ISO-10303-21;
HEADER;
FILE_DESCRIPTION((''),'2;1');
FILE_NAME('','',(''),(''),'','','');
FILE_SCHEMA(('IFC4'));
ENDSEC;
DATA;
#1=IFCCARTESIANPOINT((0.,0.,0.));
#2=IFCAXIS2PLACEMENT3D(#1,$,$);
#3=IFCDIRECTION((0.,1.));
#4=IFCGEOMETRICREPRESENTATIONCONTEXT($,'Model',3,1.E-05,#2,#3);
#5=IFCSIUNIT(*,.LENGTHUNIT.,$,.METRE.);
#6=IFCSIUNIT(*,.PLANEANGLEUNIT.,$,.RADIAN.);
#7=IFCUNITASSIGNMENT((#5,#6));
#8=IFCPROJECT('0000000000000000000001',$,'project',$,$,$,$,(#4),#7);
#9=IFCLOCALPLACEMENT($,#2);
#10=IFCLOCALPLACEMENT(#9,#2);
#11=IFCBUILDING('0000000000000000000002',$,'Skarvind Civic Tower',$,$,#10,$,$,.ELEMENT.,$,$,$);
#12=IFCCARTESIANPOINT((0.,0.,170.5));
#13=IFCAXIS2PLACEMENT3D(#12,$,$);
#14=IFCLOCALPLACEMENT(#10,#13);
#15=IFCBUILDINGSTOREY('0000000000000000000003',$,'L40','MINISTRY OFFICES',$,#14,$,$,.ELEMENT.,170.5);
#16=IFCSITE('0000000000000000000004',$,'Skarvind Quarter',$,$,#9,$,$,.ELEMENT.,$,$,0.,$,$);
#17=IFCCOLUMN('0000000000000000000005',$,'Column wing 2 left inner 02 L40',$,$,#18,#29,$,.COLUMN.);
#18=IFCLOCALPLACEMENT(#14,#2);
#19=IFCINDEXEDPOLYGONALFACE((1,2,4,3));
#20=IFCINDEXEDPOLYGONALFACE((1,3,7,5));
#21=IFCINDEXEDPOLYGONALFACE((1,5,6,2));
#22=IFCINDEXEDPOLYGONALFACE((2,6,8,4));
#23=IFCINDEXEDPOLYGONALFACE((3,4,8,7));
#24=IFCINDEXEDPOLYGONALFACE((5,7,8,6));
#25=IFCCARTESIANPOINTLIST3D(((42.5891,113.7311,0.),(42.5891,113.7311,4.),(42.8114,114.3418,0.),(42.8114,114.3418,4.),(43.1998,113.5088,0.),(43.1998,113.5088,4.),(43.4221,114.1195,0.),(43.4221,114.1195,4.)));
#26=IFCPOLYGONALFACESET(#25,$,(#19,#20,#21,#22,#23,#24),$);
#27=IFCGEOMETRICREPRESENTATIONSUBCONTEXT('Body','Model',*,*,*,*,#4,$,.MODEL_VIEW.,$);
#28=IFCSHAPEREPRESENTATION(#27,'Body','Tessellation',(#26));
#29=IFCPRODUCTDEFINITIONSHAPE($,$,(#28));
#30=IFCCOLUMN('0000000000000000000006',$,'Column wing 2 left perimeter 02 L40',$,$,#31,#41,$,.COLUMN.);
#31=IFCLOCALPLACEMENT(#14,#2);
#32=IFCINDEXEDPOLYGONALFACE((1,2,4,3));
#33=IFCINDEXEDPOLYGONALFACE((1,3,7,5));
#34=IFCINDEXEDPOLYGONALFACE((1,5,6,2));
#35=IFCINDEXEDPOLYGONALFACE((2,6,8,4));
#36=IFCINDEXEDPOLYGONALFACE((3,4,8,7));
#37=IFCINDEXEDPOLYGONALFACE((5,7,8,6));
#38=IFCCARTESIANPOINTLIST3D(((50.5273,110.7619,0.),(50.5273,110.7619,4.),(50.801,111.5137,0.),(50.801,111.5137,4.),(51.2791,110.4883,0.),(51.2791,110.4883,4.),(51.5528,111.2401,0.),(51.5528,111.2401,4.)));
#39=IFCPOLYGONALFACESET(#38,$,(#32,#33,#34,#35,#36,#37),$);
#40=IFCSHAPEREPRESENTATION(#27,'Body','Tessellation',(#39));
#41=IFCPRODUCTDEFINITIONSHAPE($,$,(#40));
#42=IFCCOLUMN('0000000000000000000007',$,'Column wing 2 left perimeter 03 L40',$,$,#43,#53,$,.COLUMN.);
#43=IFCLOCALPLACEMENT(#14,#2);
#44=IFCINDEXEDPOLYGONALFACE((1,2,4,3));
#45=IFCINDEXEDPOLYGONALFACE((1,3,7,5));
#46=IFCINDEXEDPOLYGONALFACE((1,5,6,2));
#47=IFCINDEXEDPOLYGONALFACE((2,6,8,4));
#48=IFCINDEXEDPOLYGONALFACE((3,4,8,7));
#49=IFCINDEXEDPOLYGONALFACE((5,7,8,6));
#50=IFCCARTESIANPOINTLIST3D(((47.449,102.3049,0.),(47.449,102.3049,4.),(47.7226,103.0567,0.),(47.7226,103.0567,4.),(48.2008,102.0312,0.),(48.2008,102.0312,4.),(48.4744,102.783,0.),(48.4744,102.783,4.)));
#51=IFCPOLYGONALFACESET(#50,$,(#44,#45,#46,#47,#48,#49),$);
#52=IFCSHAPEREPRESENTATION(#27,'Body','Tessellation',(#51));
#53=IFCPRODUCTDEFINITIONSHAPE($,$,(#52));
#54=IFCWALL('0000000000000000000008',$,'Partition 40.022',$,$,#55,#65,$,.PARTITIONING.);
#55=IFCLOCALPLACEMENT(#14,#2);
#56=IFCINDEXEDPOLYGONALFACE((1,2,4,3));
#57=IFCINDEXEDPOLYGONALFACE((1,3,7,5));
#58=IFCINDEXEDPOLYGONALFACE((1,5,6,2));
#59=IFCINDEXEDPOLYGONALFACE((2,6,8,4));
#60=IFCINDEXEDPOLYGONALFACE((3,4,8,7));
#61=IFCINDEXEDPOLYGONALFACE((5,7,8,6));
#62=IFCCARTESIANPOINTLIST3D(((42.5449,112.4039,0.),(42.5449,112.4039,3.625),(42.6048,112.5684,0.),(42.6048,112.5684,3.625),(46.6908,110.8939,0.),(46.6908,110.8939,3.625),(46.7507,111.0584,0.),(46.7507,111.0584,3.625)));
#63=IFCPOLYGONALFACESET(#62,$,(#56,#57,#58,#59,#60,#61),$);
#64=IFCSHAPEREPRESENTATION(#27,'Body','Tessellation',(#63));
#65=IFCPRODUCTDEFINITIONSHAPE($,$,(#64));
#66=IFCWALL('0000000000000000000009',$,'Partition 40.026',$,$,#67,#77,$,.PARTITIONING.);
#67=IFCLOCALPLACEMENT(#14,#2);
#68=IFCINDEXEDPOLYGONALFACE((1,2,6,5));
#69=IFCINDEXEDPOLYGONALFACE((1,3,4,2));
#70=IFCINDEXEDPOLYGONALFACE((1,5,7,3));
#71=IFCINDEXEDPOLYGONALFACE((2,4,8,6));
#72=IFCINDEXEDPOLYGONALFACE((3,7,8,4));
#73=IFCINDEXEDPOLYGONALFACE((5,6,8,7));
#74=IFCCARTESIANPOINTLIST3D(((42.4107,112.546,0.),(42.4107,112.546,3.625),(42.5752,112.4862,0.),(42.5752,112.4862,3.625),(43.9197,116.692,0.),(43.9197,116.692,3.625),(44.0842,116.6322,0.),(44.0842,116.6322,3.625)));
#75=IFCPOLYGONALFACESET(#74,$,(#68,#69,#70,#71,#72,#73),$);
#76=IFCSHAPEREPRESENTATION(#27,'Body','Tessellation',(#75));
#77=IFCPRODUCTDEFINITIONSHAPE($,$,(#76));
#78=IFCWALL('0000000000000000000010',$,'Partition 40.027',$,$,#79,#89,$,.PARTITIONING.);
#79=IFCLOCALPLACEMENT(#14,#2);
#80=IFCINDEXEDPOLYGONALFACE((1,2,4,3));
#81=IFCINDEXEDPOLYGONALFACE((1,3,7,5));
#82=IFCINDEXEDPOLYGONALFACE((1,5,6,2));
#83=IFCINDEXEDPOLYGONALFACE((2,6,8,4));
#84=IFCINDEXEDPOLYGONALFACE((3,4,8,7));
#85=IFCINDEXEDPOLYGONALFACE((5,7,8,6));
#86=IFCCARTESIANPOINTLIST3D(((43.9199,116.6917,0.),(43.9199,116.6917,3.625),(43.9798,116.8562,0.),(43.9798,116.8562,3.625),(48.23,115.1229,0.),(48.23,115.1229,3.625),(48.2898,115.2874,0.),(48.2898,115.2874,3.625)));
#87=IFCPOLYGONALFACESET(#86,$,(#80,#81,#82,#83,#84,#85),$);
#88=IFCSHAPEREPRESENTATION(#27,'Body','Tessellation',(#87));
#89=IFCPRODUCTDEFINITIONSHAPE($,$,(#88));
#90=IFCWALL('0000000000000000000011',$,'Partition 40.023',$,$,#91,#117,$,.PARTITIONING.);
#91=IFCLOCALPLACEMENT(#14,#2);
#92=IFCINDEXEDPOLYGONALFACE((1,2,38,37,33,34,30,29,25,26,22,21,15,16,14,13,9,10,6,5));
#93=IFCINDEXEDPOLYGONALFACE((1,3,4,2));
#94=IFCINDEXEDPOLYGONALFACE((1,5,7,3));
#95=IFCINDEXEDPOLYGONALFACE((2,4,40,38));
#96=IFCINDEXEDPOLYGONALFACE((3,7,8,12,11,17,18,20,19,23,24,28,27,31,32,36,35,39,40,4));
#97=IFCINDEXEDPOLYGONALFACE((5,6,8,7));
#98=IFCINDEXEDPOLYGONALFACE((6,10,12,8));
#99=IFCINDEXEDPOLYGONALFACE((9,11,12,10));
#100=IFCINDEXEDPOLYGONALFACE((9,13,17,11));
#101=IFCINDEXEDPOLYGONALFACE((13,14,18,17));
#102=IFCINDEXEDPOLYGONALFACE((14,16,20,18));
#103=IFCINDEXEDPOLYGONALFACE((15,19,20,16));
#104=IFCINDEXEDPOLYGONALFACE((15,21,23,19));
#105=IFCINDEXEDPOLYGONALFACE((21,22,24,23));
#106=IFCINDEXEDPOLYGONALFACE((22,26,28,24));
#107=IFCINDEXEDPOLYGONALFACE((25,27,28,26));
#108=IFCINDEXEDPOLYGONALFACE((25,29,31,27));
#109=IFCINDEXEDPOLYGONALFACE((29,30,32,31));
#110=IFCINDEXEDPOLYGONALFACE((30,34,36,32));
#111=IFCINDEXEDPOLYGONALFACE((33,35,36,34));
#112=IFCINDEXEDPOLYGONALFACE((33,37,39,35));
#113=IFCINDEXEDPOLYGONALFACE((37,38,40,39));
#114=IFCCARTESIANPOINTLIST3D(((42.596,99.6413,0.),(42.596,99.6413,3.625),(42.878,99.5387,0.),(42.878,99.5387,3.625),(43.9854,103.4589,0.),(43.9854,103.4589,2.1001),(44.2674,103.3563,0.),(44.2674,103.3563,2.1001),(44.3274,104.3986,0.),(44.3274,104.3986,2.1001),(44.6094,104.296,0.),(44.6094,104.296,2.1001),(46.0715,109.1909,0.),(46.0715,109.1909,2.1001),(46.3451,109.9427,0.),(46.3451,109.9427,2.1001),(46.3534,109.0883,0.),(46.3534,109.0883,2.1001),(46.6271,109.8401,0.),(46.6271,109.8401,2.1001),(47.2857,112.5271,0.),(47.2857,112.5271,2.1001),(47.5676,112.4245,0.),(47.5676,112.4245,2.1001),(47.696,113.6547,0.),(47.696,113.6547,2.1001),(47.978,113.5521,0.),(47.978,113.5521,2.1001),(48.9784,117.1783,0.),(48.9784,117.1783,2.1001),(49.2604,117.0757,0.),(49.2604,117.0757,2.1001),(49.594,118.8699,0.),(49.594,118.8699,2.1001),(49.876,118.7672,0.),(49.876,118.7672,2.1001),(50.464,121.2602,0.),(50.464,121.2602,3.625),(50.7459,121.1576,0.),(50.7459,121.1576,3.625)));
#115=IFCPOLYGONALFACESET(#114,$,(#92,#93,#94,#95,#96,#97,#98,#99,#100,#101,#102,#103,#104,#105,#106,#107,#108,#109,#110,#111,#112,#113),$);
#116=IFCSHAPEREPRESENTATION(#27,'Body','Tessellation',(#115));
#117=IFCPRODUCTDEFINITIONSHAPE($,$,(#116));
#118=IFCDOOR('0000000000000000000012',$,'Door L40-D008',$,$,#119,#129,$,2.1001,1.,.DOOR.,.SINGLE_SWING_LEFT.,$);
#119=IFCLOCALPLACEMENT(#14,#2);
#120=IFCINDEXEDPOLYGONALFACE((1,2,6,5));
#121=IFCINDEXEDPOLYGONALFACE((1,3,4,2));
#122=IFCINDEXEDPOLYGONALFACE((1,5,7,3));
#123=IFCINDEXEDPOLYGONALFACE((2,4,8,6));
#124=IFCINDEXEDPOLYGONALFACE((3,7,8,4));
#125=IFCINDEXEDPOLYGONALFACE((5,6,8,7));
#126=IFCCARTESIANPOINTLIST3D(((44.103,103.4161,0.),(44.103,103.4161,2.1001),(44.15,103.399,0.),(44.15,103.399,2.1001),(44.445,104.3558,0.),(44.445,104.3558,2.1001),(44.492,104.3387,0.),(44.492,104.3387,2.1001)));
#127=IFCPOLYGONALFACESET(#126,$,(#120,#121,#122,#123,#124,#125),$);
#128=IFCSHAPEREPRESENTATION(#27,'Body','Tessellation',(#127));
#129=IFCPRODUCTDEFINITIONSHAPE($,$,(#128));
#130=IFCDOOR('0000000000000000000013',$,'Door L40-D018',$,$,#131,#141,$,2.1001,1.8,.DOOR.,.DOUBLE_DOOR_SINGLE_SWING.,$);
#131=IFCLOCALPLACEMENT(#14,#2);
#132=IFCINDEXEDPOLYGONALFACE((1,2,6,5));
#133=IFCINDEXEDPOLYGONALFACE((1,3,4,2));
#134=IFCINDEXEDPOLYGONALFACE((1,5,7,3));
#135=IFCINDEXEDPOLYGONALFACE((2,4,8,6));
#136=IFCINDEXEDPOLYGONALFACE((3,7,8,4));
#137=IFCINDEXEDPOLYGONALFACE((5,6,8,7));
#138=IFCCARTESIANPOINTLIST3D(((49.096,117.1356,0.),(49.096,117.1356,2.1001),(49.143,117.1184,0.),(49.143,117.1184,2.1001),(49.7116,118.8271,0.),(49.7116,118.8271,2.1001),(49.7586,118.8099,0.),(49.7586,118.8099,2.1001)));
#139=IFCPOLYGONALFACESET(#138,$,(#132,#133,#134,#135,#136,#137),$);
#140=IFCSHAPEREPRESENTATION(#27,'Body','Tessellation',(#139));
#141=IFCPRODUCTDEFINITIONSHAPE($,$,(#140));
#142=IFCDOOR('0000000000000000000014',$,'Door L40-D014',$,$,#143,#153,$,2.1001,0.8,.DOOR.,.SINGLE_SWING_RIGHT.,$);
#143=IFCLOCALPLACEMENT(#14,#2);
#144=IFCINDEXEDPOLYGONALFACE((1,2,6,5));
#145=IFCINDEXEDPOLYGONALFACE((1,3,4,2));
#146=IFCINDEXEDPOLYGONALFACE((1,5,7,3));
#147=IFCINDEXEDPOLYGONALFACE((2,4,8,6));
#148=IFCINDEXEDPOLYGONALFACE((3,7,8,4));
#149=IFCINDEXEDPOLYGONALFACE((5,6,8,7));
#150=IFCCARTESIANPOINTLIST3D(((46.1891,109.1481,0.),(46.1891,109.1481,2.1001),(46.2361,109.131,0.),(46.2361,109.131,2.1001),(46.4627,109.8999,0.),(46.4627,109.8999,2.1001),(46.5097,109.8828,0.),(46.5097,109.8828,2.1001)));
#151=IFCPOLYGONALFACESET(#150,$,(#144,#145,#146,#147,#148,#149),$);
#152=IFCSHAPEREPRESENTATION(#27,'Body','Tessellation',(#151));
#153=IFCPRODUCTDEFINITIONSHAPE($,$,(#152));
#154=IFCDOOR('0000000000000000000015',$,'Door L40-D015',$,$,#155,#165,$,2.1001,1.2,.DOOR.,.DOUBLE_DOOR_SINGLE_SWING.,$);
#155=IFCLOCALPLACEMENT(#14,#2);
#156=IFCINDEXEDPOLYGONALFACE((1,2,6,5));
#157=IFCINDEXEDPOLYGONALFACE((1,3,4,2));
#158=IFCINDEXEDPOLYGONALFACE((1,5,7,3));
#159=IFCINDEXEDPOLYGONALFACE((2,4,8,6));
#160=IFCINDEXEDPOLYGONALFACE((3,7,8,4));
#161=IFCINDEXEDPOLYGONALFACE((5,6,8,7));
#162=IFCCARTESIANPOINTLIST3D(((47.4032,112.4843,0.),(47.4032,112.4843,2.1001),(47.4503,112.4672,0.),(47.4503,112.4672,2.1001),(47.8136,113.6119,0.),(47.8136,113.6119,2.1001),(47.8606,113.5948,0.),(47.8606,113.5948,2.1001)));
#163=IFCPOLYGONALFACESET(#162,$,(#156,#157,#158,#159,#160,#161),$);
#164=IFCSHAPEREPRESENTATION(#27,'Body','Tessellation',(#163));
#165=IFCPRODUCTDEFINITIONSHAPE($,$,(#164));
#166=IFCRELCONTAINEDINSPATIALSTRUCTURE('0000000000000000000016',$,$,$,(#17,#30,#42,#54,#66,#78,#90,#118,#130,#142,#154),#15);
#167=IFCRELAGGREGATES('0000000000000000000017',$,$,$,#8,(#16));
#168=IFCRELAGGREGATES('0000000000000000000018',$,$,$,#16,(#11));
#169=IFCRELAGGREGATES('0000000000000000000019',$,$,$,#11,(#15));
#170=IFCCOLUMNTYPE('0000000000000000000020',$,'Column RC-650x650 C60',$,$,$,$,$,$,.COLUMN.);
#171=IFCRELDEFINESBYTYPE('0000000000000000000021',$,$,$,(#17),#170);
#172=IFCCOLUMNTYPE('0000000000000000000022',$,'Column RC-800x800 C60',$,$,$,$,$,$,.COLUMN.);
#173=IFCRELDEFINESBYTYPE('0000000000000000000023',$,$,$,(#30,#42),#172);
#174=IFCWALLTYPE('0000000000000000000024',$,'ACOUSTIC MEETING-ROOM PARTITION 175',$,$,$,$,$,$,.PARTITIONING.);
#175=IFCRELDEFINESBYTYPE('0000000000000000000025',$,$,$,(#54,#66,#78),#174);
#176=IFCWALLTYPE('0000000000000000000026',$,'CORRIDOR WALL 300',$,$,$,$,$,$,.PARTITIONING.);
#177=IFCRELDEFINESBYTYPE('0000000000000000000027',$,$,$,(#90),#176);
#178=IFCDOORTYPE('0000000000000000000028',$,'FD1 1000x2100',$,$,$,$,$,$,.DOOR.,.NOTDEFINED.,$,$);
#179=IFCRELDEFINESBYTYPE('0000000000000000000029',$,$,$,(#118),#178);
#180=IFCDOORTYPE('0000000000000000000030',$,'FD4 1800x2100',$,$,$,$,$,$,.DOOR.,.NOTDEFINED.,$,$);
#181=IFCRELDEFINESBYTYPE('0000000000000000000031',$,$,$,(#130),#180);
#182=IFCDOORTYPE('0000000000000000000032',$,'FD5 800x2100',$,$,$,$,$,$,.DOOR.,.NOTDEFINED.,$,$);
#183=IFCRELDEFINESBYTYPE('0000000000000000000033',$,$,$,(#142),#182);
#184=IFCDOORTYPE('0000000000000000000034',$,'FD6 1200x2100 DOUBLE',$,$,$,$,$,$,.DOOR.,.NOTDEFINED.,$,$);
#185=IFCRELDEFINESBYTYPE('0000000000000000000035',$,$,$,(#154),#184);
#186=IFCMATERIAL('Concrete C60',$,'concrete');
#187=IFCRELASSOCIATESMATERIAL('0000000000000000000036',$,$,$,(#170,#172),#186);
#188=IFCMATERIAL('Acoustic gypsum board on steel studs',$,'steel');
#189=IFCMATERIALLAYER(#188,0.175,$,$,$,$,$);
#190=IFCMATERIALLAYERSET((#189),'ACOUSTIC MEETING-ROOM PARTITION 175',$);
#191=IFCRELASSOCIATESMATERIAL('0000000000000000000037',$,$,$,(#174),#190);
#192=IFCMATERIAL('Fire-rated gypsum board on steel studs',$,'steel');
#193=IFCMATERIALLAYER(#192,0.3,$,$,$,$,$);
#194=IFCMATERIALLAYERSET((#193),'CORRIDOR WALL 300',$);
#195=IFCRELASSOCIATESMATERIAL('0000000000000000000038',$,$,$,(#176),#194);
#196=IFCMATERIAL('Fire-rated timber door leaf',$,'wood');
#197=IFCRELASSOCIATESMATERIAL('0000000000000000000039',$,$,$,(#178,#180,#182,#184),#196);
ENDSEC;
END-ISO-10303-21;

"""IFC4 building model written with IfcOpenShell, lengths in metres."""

from ifc_helpers import new_model, si_unit, direction, frame, frame_2d, origin, origin_2d, place, context, subcontext, project, spatial, rectangle, extrude, material, layer, layer_set, material_profile, profile_set, type_object, element, fill, save


model = new_model("IFC4")

# Units and contexts
model_context = context("Model", 3, precision=1e-05, world=origin(), true_north=direction((0.0, 1.0)))
body_context = subcontext(model_context, "Body", "Model", "MODEL_VIEW")
ifc_project = project(units=[si_unit("LENGTHUNIT", "METRE"), si_unit("PLANEANGLEUNIT", "RADIAN")], contexts=[model_context])

# Site, building, storey
site_placement = place(None, origin())
site = spatial("IfcSite", under=ifc_project, at=site_placement, Name="Skarvind Quarter", CompositionType="ELEMENT", RefElevation=0.0)
building_placement = place(site_placement, origin())
building = spatial("IfcBuilding", under=site, at=building_placement, Name="Skarvind Civic Tower", CompositionType="ELEMENT")
storey_placement = place(building_placement, frame((0.0, 0.0, 170.5)))
storey = spatial("IfcBuildingStorey", under=building, at=storey_placement, Name="L40", Description="MINISTRY OFFICES", CompositionType="ELEMENT", Elevation=170.5)

# Columns
ifc_material_1 = material(Name="Concrete C60", Category="concrete")
ifc_material_profile_1 = material_profile(ifc_material_1, rectangle(XDim=0.6499, YDim=0.6499, at=origin_2d()), Name="RC-650x650")
ifc_profile_set_1 = profile_set([ifc_material_profile_1], Name="Concrete C60")
column_type_1 = type_object("IfcColumnType", Name="Column RC-650x650 C60", PredefinedType="COLUMN", material=ifc_profile_set_1)
column_placement = place(storey_placement, frame((43.0056, 113.9253, 0.0), z_axis=(0.0, 0.0, 1.0), x_axis=(-0.34202, -0.939693, 0.0)))
element("IfcColumn", 1, at=column_placement, inside=storey, type_object=column_type_1, Name="Column wing 2 left inner 02 L40", PredefinedType="COLUMN", context=body_context, shape_type="SweptSolid", body=[
    extrude(rectangle(XDim=0.6499, YDim=0.6499, at=origin_2d()), origin(), (0.0, 0.0, 1.0), 4.0),
])
ifc_material_profile_2 = material_profile(ifc_material_1, rectangle(XDim=0.8, YDim=0.8, at=origin_2d()), Name="RC-800x800")
ifc_profile_set_2 = profile_set([ifc_material_profile_2], Name="Concrete C60")
column_type_2 = type_object("IfcColumnType", Name="Column RC-800x800 C60", PredefinedType="COLUMN", material=ifc_profile_set_2)
for number, where, z_axis, x_axis, name in (
    (2, (51.04, 111.001, 0.0), (0.0, 0.0, 1.0), (-0.34202, -0.939693, 0.0), "Column wing 2 left perimeter 02 L40"),
    (3, (47.9617, 102.5439, 0.0), (0.0, 0.0, 1.0), (-0.34202, -0.939693, 0.0), "Column wing 2 left perimeter 03 L40"),
):
    element("IfcColumn", number, at=place(storey_placement, frame(where, z_axis=z_axis, x_axis=x_axis)), inside=storey, type_object=column_type_2, Name=name, PredefinedType="COLUMN", context=body_context, shape_type="SweptSolid", body=[
        extrude(rectangle(XDim=0.8, YDim=0.8, at=origin_2d()), origin(), (0.0, 0.0, 1.0), 4.0),
    ])

# Walls
ifc_material_2 = material(Name="Acoustic gypsum board on steel studs", Category="steel")
ifc_layer_1 = layer(ifc_material_2, 0.175)
ifc_layer_set_1 = layer_set([ifc_layer_1], Name="ACOUSTIC MEETING-ROOM PARTITION 175")
wall_type_1 = type_object("IfcWallType", Name="ACOUSTIC MEETING-ROOM PARTITION 175", PredefinedType="PARTITIONING", material=ifc_layer_set_1)
wall_1_placement = place(storey_placement, frame((42.575, 112.4861, 0.0), z_axis=(0.0, 0.0, 1.0), x_axis=(0.93962, -0.342218, 0.0)))
element("IfcWall", 4, at=wall_1_placement, inside=storey, type_object=wall_type_1, Name="Partition 40.022", PredefinedType="PARTITIONING", context=body_context, shape_type="SweptSolid", body=[
    extrude(rectangle(XDim=4.4124, YDim=0.175, at=frame_2d((2.2061, 0.0))), origin(), (0.0, 0.0, 1.0), 3.625),
])
wall_2_placement = place(storey_placement, frame((44.002, 116.6621, 0.0), z_axis=(0.0, 0.0, 1.0), x_axis=(-0.342023, -0.939692, 0.0)))
element("IfcWall", 5, at=wall_2_placement, inside=storey, type_object=wall_type_1, Name="Partition 40.026", PredefinedType="PARTITIONING", context=body_context, shape_type="SweptSolid", body=[
    extrude(rectangle(XDim=4.4121, YDim=0.175, at=frame_2d((2.2061, 0.0))), origin(), (0.0, 0.0, 1.0), 3.625),
])
wall_3_placement = place(storey_placement, frame((48.26, 115.2051, 0.0), z_axis=(0.0, 0.0, 1.0), x_axis=(-0.939685, 0.342042, 0.0)))
element("IfcWall", 6, at=wall_3_placement, inside=storey, type_object=wall_type_1, Name="Partition 40.027", PredefinedType="PARTITIONING", context=body_context, shape_type="SweptSolid", body=[
    extrude(rectangle(XDim=4.5867, YDim=0.175, at=frame_2d((2.2935, 0.0))), origin(), (0.0, 0.0, 1.0), 3.625),
])

# Wall, openings, doors
ifc_material_3 = material(Name="Fire-rated gypsum board on steel studs", Category="steel")
ifc_layer_2 = layer(ifc_material_3, 0.3)
ifc_layer_set_2 = layer_set([ifc_layer_2], Name="CORRIDOR WALL 300")
wall_type_2 = type_object("IfcWallType", Name="CORRIDOR WALL 300", PredefinedType="PARTITIONING", material=ifc_layer_set_2)
wall_4_placement = place(storey_placement, frame((42.7371, 99.5901, 0.0), z_axis=(0.0, 0.0, 1.0), x_axis=(0.341993, 0.939703, 0.0)))
wall_4 = element("IfcWall", 7, at=wall_4_placement, inside=storey, type_object=wall_type_2, Name="Partition 40.023", PredefinedType="PARTITIONING", context=body_context, shape_type="SweptSolid", body=[
    extrude(rectangle(XDim=23.0061, YDim=0.3, at=frame_2d((11.5029, 0.0))), origin(), (0.0, 0.0, 1.0), 3.625),
])
opening_1_placement = place(wall_4_placement, frame((4.0625, 0.0, 0.0)))
opening_1 = element("IfcOpeningElement", 8, at=opening_1_placement, cuts=wall_4, PredefinedType="OPENING", context=body_context, shape_type="SweptSolid", body=[
    extrude(rectangle(XDim=1.0, YDim=2.1001, at=frame_2d((0.5, 1.05))), frame((0.0, 0.1599, 0.0), z_axis=(0.0, -1.0, 0.0), x_axis=(1.0, 0.0, 0.0)), (0.0, 0.0, 1.0), 0.3201),
])
opening_2_placement = place(wall_4_placement, frame((10.1624, 0.0, 0.0)))
opening_2 = element("IfcOpeningElement", 9, at=opening_2_placement, cuts=wall_4, PredefinedType="OPENING", context=body_context, shape_type="SweptSolid", body=[
    extrude(rectangle(XDim=0.8, YDim=2.1001, at=frame_2d((0.3999, 1.05))), frame((0.0, 0.1599, 0.0), z_axis=(0.0, -1.0, 0.0), x_axis=(1.0, 0.0, 0.0)), (0.0, 0.0, 1.0), 0.3201),
])
opening_3_placement = place(wall_4_placement, frame((13.7124, 0.0, 0.0)))
opening_3 = element("IfcOpeningElement", 10, at=opening_3_placement, cuts=wall_4, PredefinedType="OPENING", context=body_context, shape_type="SweptSolid", body=[
    extrude(rectangle(XDim=1.2, YDim=2.1001, at=frame_2d((0.6001, 1.05))), frame((0.0, 0.1599, 0.0), z_axis=(0.0, -1.0, 0.0), x_axis=(1.0, 0.0, 0.0)), (0.0, 0.0, 1.0), 0.3201),
])
opening_4_placement = place(wall_4_placement, frame((18.6624, 0.0, 0.0)))
opening_4 = element("IfcOpeningElement", 11, at=opening_4_placement, cuts=wall_4, PredefinedType="OPENING", context=body_context, shape_type="SweptSolid", body=[
    extrude(rectangle(XDim=1.8, YDim=2.1001, at=frame_2d((0.8999, 1.05))), frame((0.0, 0.1599, 0.0), z_axis=(0.0, -1.0, 0.0), x_axis=(1.0, 0.0, 0.0)), (0.0, 0.0, 1.0), 0.3201),
])
ifc_material_4 = material(Name="Fire-rated timber door leaf", Category="wood")
door_type_1 = type_object("IfcDoorType", Name="FD1 1000x2100", OperationType="NOTDEFINED", PredefinedType="DOOR", material=ifc_material_4)
door_1_placement = place(opening_1_placement, origin())
door_1 = element("IfcDoor", 12, at=door_1_placement, inside=storey, type_object=door_type_1, Name="Door L40-D008", OperationType="SINGLE_SWING_LEFT", OverallHeight=2.1001, OverallWidth=1.0, PredefinedType="DOOR", context=body_context, shape_type="SweptSolid", body=[
    extrude(rectangle(XDim=1.0, YDim=2.1001, at=frame_2d((0.5, 1.05))), frame((0.0, 0.0249, 0.0), z_axis=(0.0, -1.0, 0.0), x_axis=(1.0, 0.0, 0.0)), (0.0, 0.0, 1.0), 0.05),
])
fill(opening_1, door_1)
door_type_2 = type_object("IfcDoorType", Name="FD4 1800x2100", OperationType="NOTDEFINED", PredefinedType="DOOR", material=ifc_material_4)
door_2_placement = place(opening_4_placement, origin())
door_2 = element("IfcDoor", 13, at=door_2_placement, inside=storey, type_object=door_type_2, Name="Door L40-D018", OperationType="DOUBLE_DOOR_SINGLE_SWING", OverallHeight=2.1001, OverallWidth=1.8, PredefinedType="DOOR", context=body_context, shape_type="SweptSolid", body=[
    extrude(rectangle(XDim=1.8, YDim=2.1001, at=frame_2d((0.8999, 1.05))), frame((0.0, 0.0249, 0.0), z_axis=(0.0, -1.0, 0.0), x_axis=(1.0, 0.0, 0.0)), (0.0, 0.0, 1.0), 0.05),
])
fill(opening_4, door_2)
door_type_3 = type_object("IfcDoorType", Name="FD5 800x2100", OperationType="NOTDEFINED", PredefinedType="DOOR", material=ifc_material_4)
door_3_placement = place(opening_2_placement, origin())
door_3 = element("IfcDoor", 14, at=door_3_placement, inside=storey, type_object=door_type_3, Name="Door L40-D014", OperationType="SINGLE_SWING_RIGHT", OverallHeight=2.1001, OverallWidth=0.8, PredefinedType="DOOR", context=body_context, shape_type="SweptSolid", body=[
    extrude(rectangle(XDim=0.8, YDim=2.1001, at=frame_2d((0.3999, 1.05))), frame((0.0, 0.0249, 0.0), z_axis=(0.0, -1.0, 0.0), x_axis=(1.0, 0.0, 0.0)), (0.0, 0.0, 1.0), 0.05),
])
fill(opening_2, door_3)
door_type_4 = type_object("IfcDoorType", Name="FD6 1200x2100 DOUBLE", OperationType="NOTDEFINED", PredefinedType="DOOR", material=ifc_material_4)
door_4_placement = place(opening_3_placement, origin())
door_4 = element("IfcDoor", 15, at=door_4_placement, inside=storey, type_object=door_type_4, Name="Door L40-D015", OperationType="DOUBLE_DOOR_SINGLE_SWING", OverallHeight=2.1001, OverallWidth=1.2, PredefinedType="DOOR", context=body_context, shape_type="SweptSolid", body=[
    extrude(rectangle(XDim=1.2, YDim=2.1001, at=frame_2d((0.6001, 1.05))), frame((0.0, 0.0249, 0.0), z_axis=(0.0, -1.0, 0.0), x_axis=(1.0, 0.0, 0.0)), (0.0, 0.0, 1.0), 0.05),
])
fill(opening_3, door_4)

save(model, "model.ifc")
